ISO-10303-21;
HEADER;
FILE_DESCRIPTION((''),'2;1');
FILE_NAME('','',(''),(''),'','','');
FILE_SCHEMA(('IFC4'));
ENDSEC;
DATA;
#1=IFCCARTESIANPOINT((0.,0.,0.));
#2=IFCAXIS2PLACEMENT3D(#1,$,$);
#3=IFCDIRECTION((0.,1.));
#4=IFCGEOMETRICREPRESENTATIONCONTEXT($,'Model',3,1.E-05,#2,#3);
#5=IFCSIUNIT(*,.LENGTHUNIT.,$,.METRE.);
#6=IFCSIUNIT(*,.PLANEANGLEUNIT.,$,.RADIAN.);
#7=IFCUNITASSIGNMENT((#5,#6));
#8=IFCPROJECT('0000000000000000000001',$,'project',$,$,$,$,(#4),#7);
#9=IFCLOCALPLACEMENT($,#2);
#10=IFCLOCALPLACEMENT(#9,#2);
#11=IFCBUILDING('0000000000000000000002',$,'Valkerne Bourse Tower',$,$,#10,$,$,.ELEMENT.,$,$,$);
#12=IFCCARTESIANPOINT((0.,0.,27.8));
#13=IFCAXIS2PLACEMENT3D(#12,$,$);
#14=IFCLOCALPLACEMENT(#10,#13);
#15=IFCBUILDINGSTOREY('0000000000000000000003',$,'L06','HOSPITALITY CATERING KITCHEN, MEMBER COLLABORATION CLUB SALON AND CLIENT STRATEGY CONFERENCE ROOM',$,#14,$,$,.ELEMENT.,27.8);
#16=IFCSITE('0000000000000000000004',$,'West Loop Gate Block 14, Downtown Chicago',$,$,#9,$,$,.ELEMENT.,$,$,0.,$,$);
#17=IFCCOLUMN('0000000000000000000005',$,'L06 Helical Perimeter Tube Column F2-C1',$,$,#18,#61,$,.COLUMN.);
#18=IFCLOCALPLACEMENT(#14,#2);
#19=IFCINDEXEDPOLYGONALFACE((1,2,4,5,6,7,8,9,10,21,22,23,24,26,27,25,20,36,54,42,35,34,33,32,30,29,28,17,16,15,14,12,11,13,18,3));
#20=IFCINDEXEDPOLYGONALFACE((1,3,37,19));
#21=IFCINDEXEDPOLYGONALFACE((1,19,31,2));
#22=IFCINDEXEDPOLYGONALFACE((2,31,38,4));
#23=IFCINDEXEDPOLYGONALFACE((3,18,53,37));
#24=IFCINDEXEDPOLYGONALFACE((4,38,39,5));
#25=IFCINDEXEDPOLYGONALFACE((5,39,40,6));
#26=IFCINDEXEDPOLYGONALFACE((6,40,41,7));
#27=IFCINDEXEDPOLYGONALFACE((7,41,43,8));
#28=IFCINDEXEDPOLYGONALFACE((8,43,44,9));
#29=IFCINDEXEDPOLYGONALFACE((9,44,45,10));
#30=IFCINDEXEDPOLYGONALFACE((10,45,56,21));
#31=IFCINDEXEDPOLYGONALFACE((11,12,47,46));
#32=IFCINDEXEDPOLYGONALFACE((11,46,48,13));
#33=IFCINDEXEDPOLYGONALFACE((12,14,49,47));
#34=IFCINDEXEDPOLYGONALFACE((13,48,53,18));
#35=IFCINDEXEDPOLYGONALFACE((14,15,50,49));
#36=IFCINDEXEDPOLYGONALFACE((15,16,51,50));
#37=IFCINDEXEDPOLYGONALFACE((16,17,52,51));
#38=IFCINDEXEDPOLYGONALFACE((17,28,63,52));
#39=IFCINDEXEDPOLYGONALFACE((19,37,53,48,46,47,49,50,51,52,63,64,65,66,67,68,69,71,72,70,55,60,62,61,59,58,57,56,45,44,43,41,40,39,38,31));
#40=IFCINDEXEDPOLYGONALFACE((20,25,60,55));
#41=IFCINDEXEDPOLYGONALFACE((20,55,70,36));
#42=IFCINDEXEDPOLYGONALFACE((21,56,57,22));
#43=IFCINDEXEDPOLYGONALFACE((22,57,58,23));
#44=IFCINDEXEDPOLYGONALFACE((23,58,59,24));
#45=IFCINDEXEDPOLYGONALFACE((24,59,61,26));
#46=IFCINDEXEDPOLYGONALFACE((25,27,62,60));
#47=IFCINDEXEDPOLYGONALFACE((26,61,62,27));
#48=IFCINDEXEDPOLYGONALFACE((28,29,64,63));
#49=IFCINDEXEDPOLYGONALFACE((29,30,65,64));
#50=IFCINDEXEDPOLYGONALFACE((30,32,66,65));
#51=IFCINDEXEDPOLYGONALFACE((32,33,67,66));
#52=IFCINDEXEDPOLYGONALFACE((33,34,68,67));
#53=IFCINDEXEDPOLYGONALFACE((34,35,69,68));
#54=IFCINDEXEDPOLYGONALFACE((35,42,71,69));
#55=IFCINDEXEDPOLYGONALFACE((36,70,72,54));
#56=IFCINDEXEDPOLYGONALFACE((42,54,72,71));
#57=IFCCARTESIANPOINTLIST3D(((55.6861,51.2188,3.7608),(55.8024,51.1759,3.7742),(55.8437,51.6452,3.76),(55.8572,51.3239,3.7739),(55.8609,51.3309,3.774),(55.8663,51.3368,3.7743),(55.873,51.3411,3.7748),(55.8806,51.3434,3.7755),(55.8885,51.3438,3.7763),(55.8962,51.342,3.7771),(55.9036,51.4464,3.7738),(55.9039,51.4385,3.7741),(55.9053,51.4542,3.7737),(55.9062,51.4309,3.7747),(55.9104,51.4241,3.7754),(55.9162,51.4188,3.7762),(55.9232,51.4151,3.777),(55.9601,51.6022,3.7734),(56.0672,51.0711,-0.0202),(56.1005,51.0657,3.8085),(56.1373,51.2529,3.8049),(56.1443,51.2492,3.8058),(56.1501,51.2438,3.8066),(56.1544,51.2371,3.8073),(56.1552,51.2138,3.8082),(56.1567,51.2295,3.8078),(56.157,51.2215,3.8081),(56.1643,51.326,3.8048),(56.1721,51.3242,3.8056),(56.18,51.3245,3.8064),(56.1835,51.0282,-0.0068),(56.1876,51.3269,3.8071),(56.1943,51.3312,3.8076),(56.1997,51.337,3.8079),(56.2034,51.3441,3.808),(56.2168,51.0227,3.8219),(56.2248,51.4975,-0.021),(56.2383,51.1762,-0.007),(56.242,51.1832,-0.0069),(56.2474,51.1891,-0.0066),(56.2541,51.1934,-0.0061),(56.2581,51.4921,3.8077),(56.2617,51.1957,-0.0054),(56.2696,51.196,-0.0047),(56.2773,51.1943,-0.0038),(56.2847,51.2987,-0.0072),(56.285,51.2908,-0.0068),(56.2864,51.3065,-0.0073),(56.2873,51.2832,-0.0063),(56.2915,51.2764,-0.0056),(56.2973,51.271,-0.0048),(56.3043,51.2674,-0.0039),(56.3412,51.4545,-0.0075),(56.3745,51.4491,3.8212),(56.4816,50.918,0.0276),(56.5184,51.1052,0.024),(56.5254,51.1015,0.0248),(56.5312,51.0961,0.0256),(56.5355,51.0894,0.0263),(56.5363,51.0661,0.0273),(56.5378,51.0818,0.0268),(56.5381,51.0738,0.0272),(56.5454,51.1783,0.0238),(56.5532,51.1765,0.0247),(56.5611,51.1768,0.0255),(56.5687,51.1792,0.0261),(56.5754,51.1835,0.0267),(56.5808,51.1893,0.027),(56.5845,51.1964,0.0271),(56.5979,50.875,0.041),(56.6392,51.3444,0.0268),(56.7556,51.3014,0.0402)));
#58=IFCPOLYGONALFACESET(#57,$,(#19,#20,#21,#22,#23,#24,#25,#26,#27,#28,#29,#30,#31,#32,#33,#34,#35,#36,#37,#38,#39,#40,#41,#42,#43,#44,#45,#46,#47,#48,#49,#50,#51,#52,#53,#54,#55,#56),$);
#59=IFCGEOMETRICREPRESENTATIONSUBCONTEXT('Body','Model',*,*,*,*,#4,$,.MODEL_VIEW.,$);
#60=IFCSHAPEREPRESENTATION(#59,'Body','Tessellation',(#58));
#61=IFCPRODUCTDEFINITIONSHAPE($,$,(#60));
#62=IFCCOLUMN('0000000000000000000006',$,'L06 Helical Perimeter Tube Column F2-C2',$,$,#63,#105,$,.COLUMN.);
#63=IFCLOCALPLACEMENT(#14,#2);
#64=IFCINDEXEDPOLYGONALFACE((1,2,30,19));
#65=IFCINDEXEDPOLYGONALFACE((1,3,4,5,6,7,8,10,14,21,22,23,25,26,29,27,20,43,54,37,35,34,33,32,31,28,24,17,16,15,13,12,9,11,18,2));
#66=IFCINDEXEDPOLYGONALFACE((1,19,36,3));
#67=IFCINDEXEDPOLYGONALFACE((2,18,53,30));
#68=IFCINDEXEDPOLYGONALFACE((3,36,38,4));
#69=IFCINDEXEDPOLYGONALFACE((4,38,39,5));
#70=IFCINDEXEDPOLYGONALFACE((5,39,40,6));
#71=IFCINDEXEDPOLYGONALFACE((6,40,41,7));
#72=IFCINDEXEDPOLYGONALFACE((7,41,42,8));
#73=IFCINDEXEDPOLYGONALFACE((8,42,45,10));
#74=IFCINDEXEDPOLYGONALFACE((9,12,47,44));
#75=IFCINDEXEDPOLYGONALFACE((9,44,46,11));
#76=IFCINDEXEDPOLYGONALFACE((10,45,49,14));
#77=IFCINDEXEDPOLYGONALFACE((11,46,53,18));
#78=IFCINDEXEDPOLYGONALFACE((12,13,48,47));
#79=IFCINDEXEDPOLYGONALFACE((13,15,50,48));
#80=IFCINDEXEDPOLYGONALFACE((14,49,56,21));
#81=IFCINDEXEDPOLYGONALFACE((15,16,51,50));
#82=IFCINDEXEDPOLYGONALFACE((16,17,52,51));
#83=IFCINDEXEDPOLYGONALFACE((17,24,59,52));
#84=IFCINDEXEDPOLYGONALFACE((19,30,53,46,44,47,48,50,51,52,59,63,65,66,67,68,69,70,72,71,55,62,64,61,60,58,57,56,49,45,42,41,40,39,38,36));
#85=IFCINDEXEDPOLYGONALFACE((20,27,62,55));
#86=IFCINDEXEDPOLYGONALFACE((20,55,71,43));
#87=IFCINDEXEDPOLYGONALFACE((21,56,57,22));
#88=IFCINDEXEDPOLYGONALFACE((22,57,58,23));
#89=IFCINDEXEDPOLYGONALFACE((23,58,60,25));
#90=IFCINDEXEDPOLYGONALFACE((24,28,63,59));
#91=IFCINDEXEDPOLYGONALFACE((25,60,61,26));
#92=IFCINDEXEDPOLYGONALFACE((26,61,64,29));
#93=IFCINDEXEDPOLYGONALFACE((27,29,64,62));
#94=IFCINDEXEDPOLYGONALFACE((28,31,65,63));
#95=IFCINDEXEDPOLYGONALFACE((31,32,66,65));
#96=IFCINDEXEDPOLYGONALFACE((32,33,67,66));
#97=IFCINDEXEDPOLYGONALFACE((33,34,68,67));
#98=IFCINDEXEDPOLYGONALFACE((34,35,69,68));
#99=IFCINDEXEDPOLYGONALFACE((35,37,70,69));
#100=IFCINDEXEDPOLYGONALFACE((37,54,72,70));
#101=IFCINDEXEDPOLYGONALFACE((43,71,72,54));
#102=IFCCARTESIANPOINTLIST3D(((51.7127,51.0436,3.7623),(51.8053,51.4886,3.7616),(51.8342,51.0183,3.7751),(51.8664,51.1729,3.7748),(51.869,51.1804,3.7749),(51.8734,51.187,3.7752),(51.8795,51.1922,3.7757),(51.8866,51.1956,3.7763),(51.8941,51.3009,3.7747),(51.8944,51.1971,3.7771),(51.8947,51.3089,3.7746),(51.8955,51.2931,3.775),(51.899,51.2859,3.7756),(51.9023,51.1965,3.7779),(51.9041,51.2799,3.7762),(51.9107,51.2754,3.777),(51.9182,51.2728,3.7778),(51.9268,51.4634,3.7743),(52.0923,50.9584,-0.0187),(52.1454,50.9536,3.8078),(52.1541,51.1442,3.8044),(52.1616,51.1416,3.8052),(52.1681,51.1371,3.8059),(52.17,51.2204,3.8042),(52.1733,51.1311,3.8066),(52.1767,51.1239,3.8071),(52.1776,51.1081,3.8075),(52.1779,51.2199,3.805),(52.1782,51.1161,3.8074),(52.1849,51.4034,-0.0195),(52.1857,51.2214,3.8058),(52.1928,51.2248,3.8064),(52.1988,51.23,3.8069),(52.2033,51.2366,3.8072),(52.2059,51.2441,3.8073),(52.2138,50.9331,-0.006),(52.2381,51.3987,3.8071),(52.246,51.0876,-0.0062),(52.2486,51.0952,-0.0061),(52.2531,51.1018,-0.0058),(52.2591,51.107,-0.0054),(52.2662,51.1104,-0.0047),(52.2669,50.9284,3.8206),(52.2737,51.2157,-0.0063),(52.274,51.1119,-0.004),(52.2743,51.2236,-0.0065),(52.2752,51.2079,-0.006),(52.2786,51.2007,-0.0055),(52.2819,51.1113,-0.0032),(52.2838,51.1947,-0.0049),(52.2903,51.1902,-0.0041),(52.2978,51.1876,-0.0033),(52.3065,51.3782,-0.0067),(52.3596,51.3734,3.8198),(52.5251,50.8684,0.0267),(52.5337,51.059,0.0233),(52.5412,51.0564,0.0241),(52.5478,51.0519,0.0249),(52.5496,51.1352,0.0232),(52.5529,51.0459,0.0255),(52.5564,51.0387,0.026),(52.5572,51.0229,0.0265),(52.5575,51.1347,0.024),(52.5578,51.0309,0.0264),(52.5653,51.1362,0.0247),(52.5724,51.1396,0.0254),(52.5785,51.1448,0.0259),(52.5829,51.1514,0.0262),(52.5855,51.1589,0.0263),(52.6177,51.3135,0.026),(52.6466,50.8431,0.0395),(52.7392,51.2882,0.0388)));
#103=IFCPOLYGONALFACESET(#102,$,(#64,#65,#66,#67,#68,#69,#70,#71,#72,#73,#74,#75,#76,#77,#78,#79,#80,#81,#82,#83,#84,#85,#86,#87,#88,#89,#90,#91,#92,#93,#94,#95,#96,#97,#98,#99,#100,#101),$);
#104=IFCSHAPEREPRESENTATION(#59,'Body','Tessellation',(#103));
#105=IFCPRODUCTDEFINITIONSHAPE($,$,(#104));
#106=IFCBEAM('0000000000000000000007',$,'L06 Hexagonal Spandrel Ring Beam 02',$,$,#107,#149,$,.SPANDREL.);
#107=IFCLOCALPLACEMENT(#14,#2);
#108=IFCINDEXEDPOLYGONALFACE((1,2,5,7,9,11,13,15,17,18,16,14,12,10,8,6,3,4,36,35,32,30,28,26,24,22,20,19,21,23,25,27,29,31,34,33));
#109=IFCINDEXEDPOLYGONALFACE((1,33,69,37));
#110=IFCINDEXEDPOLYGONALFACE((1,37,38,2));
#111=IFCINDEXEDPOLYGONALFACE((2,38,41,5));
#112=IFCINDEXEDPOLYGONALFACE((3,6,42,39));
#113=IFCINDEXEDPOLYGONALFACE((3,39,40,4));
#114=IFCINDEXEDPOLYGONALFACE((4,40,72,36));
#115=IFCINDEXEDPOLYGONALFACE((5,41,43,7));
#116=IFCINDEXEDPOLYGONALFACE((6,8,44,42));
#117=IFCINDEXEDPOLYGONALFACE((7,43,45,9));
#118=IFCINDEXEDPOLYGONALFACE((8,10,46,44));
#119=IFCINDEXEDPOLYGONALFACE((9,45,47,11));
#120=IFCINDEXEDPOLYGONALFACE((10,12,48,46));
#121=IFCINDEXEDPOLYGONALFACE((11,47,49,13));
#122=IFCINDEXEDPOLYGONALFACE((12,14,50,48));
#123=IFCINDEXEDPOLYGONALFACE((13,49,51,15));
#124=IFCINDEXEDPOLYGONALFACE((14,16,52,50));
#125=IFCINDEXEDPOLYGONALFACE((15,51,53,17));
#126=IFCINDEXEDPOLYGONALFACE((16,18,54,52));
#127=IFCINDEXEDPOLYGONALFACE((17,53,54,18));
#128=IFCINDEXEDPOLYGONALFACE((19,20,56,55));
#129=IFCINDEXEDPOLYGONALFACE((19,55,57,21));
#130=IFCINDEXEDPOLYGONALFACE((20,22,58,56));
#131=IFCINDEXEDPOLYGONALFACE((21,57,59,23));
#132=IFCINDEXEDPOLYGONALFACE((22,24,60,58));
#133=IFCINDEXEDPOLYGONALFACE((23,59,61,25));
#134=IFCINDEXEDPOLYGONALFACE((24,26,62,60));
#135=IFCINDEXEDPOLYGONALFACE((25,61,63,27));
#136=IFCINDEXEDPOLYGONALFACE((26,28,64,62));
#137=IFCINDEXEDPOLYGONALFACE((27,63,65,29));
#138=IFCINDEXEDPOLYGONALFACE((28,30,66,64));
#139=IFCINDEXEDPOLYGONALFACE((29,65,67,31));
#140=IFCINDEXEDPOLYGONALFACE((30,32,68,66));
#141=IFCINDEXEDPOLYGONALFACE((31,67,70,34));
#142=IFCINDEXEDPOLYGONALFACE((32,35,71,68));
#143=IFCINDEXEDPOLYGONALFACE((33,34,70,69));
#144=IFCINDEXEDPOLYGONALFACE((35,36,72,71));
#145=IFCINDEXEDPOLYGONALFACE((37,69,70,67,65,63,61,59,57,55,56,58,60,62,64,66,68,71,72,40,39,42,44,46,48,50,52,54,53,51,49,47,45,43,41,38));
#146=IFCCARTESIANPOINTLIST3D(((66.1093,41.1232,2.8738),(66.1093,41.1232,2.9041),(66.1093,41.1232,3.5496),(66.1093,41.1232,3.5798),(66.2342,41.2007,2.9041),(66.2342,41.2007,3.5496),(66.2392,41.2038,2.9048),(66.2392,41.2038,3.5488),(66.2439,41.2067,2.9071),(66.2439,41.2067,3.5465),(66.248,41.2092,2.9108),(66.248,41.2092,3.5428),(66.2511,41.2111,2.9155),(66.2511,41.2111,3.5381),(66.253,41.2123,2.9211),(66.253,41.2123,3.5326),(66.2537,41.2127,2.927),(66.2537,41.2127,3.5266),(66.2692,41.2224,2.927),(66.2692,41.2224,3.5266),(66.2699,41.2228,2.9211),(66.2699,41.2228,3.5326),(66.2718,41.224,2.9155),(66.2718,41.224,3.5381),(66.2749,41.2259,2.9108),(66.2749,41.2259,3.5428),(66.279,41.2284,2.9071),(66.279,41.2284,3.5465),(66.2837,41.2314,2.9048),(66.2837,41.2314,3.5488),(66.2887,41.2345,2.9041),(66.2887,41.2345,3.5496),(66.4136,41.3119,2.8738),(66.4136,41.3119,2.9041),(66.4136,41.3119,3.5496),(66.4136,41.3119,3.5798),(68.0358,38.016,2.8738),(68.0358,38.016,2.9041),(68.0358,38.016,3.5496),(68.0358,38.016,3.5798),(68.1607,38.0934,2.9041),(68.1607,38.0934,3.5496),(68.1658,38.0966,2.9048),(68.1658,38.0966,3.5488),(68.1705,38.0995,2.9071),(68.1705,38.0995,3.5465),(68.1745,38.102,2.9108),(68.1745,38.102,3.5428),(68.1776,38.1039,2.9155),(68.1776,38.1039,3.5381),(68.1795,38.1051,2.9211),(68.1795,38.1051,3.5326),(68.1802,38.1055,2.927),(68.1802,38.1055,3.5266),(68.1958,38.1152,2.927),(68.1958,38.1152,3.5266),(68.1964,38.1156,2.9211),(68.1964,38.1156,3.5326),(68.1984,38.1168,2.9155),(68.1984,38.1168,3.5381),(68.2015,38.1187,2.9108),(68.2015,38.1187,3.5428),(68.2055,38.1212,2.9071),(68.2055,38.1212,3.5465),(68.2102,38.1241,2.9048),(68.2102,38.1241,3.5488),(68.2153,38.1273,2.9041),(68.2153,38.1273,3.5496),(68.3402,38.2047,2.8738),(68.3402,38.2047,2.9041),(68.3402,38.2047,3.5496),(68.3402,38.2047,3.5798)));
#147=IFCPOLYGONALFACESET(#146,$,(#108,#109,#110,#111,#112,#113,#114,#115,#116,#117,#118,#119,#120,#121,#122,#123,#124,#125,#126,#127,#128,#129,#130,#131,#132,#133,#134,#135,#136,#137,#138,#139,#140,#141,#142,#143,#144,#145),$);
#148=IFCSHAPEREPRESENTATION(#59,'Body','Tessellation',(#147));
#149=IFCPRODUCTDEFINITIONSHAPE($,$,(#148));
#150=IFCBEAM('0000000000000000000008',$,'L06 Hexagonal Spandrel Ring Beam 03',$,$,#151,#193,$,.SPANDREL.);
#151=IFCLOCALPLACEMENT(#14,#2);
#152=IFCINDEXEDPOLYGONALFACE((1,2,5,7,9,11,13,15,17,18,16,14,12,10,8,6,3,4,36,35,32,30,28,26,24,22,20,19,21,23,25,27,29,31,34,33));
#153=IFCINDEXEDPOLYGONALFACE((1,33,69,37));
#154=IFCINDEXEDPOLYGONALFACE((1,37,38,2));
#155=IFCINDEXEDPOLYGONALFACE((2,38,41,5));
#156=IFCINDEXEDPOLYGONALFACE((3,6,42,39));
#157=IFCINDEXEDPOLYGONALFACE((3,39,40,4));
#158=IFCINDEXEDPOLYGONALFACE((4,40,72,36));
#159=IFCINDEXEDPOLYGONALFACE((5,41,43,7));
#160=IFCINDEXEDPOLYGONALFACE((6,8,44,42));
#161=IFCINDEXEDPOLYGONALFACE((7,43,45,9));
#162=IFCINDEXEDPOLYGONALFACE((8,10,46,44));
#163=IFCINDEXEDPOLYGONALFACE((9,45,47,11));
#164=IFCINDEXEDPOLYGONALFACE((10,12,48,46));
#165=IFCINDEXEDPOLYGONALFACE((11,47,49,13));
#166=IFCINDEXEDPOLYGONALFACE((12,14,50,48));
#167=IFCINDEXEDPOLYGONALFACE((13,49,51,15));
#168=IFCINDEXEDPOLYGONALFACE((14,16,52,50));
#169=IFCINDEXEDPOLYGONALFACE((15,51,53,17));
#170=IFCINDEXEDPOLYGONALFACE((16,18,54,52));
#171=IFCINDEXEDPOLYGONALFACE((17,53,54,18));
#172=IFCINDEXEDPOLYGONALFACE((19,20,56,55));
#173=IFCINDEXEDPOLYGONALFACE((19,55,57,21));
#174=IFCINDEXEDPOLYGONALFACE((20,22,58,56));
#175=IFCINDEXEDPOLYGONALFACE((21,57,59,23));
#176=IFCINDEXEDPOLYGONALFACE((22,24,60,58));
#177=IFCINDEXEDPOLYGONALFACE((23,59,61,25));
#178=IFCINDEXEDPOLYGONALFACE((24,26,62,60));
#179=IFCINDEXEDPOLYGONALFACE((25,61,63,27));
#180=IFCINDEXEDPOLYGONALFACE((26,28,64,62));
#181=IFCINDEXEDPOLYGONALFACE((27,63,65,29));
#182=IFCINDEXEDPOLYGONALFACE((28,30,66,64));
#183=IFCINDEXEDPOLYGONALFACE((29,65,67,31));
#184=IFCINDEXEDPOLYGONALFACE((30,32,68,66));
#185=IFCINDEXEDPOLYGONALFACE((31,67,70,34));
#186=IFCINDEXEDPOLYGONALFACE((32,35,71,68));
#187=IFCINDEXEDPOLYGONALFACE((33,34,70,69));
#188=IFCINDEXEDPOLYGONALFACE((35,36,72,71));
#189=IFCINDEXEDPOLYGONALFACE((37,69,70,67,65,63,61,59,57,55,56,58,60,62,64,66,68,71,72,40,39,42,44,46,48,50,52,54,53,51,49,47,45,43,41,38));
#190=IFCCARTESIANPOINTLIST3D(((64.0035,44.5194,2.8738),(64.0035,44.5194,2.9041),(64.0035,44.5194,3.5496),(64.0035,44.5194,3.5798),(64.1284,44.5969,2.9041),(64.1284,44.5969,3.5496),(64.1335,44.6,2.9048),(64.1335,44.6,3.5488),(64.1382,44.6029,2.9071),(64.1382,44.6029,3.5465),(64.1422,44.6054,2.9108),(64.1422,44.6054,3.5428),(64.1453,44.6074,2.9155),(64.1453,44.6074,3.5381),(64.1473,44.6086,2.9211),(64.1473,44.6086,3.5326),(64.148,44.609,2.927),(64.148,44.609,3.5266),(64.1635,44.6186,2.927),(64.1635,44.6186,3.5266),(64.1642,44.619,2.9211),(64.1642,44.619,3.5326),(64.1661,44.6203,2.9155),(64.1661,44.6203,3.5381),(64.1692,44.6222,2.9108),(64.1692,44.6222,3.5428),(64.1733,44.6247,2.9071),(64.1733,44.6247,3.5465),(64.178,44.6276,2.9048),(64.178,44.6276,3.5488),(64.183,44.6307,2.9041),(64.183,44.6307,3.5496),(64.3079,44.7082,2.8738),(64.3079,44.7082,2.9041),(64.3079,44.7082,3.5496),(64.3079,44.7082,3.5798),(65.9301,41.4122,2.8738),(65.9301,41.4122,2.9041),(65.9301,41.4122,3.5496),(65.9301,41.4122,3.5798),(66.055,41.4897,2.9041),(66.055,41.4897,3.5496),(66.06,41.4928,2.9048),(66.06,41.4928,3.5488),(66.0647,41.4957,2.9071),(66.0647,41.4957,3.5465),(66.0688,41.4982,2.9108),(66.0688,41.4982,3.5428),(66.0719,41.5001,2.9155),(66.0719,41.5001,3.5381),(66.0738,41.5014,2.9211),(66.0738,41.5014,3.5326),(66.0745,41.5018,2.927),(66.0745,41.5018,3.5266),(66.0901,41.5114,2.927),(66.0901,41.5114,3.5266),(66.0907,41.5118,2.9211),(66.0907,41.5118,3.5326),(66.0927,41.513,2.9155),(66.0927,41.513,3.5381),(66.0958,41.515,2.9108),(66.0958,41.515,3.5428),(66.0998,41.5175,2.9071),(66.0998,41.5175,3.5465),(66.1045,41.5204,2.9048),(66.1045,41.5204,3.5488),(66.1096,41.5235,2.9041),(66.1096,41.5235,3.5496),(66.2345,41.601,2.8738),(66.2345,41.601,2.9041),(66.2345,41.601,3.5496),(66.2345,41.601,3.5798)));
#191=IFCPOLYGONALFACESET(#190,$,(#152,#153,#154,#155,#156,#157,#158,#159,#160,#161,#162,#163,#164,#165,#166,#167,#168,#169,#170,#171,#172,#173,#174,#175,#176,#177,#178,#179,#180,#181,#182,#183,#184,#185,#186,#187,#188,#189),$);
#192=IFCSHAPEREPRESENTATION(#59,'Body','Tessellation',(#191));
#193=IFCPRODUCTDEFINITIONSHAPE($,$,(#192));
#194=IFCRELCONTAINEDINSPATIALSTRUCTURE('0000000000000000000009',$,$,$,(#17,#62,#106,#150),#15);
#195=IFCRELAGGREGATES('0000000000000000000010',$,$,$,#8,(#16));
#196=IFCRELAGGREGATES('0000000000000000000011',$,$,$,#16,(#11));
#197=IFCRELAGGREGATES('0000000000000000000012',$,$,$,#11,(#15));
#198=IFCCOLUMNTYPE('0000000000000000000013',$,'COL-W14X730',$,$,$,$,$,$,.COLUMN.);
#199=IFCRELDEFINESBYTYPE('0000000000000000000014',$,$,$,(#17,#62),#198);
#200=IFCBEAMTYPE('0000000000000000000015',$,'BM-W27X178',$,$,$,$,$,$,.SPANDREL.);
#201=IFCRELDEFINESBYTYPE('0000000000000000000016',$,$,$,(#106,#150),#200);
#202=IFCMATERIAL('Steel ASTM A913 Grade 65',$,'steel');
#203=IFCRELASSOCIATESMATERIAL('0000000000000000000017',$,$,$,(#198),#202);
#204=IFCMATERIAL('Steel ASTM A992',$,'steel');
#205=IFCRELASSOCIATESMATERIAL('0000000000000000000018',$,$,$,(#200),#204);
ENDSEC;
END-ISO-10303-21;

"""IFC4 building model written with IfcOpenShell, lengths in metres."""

from ifc_helpers import new_model, si_unit, direction, frame, origin, origin_2d, place, context, subcontext, project, spatial, i_section, extrude, material, material_profile, profile_set, type_object, element, save


model = new_model("IFC4")

# Units and contexts
model_context = context("Model", 3, precision=1e-05, world=origin(), true_north=direction((0.0, 1.0)))
body_context = subcontext(model_context, "Body", "Model", "MODEL_VIEW")
ifc_project = project(units=[si_unit("LENGTHUNIT", "METRE"), si_unit("PLANEANGLEUNIT", "RADIAN")], contexts=[model_context])

# Site, building, storey
site_placement = place(None, origin())
site = spatial("IfcSite", under=ifc_project, at=site_placement, Name="West Loop Gate Block 14, Downtown Chicago", CompositionType="ELEMENT", RefElevation=0.0)
building_placement = place(site_placement, origin())
building = spatial("IfcBuilding", under=site, at=building_placement, Name="Valkerne Bourse Tower", CompositionType="ELEMENT")
storey_placement = place(building_placement, frame((0.0, 0.0, 27.8)))
storey = spatial("IfcBuildingStorey", under=building, at=storey_placement, Name="L06", Description="HOSPITALITY CATERING KITCHEN, MEMBER COLLABORATION CLUB SALON AND CLIENT STRATEGY CONFERENCE ROOM", CompositionType="ELEMENT", Elevation=27.8)

# Columns
ifc_material_1 = material(Name="Steel ASTM A913 Grade 65", Category="steel")
ifc_material_profile_1 = material_profile(ifc_material_1, i_section(OverallWidth=0.4546, OverallDepth=0.5691, WebThickness=0.0779, FlangeThickness=0.1248, FilletRadius=0.0305, at=origin_2d()), Name="W14X730")
ifc_profile_set_1 = profile_set([ifc_material_profile_1], Name="Steel ASTM A913 Grade 65")
column_type = type_object("IfcColumnType", Name="COL-W14X730", PredefinedType="COLUMN", material=ifc_profile_set_1)
for number, where, z_axis, x_axis, name in (
    (1, (56.4114, 51.1863, 0.01), (-0.10021, 0.038839, 0.994208), (0.346774, 0.937947, -0.001688), "L06 Helical Perimeter Tube Column F2-C1"),
):
    element("IfcColumn", number, at=place(storey_placement, frame(where, z_axis=z_axis, x_axis=x_axis)), inside=storey, type_object=column_type, Name=name, PredefinedType="COLUMN", context=body_context, shape_type="SweptSolid", body=[
        extrude(i_section(OverallWidth=0.4546, OverallDepth=0.5691, WebThickness=0.0779, FlangeThickness=0.1248, FilletRadius=0.0305, at=origin_2d()), origin(), (0.0, 0.0, 1.0), 3.803),
    ])
column_1_placement = place(storey_placement, frame((52.4158, 51.1233, 0.01), z_axis=(-0.099879, 0.022417, 0.994747), x_axis=(0.203717, 0.979028, -0.001608)))
element("IfcColumn", 2, at=column_1_placement, inside=storey, type_object=column_type, Name="L06 Helical Perimeter Tube Column F2-C2", PredefinedType="COLUMN", context=body_context, shape_type="SweptSolid", body=[
    extrude(i_section(OverallWidth=0.4546, OverallDepth=0.5691, WebThickness=0.0779, FlangeThickness=0.1248, FilletRadius=0.0305, at=origin_2d()), origin(), (0.0, 0.0, 1.0), 3.801),
])

# Beams
ifc_material_2 = material(Name="Steel ASTM A992", Category="steel")
ifc_material_profile_2 = material_profile(ifc_material_2, i_section(OverallWidth=0.3582, OverallDepth=0.7061, WebThickness=0.0183, FlangeThickness=0.0303, FilletRadius=0.0229, at=origin_2d()), Name="W27X178")
ifc_profile_set_2 = profile_set([ifc_material_profile_2], Name="Steel ASTM A992")
beam_type = type_object("IfcBeamType", Name="BM-W27X178", PredefinedType="SPANDREL", material=ifc_profile_set_2)
for number, where, z_axis, x_axis, name in (
    (3, (68.188, 38.1104, 3.2268), (-0.526952, 0.849895, 0.0), (-0.849895, -0.526952, 0.0), "L06 Hexagonal Spandrel Ring Beam 02"),
    (4, (66.0823, 41.5066, 3.2268), (-0.526952, 0.849895, 0.0), (-0.849895, -0.526952, 0.0), "L06 Hexagonal Spandrel Ring Beam 03"),
):
    element("IfcBeam", number, at=place(storey_placement, frame(where, z_axis=z_axis, x_axis=x_axis)), inside=storey, type_object=beam_type, Name=name, PredefinedType="SPANDREL", context=body_context, shape_type="SweptSolid", body=[
        extrude(i_section(OverallWidth=0.3582, OverallDepth=0.7061, WebThickness=0.0183, FlangeThickness=0.0303, FilletRadius=0.0229, at=origin_2d()), origin(), (0.0, 0.0, 1.0), 3.656),
    ])

save(model, "model.ifc")
